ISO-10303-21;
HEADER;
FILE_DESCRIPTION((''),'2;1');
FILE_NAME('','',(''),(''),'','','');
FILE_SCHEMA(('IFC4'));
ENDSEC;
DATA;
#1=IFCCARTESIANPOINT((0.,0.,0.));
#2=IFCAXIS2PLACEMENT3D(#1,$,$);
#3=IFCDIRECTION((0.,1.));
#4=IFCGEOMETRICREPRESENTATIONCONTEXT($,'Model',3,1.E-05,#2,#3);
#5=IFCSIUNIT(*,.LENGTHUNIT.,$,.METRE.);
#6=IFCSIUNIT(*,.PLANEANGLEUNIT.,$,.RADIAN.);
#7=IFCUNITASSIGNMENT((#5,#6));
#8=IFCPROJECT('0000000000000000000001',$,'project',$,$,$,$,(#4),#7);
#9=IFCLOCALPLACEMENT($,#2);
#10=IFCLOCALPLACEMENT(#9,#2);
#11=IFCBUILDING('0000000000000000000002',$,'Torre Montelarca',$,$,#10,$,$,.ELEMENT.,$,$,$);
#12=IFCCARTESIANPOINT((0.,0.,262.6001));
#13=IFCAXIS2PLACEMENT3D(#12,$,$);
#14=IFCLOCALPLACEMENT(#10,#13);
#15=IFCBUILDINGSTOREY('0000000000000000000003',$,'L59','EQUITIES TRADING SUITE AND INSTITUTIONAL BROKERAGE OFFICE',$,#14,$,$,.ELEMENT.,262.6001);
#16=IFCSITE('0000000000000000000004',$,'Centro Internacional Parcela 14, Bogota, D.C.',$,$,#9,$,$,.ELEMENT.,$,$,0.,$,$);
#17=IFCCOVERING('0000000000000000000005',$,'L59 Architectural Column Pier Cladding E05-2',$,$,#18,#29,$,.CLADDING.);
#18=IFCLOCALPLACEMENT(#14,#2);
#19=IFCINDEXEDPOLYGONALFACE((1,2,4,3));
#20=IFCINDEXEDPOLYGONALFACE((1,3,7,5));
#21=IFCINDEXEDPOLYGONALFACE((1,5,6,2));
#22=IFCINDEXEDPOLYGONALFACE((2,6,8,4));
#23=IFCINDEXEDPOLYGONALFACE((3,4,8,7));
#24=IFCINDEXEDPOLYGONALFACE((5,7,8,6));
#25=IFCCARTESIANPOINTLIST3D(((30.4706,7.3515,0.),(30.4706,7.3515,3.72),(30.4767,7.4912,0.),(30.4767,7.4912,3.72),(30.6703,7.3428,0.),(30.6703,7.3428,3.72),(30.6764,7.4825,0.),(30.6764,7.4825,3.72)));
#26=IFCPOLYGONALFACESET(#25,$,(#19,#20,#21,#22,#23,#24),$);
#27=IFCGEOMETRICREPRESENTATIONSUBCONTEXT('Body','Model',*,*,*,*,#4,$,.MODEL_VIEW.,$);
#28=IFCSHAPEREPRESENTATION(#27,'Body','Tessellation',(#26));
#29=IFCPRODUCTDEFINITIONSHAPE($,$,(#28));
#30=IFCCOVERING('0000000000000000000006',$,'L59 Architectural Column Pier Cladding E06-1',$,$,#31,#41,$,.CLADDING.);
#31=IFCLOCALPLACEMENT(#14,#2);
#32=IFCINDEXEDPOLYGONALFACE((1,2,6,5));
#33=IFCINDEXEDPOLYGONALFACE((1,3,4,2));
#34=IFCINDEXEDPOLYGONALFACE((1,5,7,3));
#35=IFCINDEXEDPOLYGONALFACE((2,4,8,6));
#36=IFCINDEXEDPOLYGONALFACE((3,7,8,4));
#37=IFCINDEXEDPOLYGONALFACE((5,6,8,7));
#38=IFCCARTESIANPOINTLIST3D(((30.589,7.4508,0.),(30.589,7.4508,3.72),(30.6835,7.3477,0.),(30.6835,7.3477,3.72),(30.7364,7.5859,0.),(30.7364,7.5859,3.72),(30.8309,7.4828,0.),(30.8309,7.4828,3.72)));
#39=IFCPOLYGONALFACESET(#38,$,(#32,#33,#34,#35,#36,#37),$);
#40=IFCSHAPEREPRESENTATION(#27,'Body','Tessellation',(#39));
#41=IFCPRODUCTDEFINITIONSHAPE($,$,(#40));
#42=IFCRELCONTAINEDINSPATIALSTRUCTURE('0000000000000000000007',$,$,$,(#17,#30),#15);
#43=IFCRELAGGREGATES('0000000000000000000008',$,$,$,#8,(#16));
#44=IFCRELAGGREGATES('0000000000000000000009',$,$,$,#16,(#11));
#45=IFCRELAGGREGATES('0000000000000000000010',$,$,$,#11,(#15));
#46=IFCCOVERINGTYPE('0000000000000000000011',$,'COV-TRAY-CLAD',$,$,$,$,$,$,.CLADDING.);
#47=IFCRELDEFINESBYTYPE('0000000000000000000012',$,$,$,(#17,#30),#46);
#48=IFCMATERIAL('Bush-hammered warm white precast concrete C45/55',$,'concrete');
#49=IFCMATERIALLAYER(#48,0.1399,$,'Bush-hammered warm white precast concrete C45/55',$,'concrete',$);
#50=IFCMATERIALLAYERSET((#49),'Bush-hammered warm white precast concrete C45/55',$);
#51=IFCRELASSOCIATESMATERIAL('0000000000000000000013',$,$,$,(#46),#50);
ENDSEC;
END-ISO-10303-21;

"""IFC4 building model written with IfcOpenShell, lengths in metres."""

from ifc_helpers import new_model, si_unit, direction, frame, origin, origin_2d, place, context, subcontext, project, spatial, rectangle, extrude, source, transform, mapped, material, layer, layer_set, type_object, element, save


model = new_model("IFC4")

# Units and contexts
model_context = context("Model", 3, precision=1e-05, world=origin(), true_north=direction((0.0, 1.0)))
body_context = subcontext(model_context, "Body", "Model", "MODEL_VIEW")
ifc_project = project(units=[si_unit("LENGTHUNIT", "METRE"), si_unit("PLANEANGLEUNIT", "RADIAN")], contexts=[model_context])

# Site, building, storey
site_placement = place(None, origin())
site = spatial("IfcSite", under=ifc_project, at=site_placement, Name="Centro Internacional Parcela 14, Bogota, D.C.", CompositionType="ELEMENT", RefElevation=0.0)
building_placement = place(site_placement, origin())
building = spatial("IfcBuilding", under=site, at=building_placement, Name="Torre Montelarca", CompositionType="ELEMENT")
storey_placement = place(building_placement, frame((0.0, 0.0, 262.6001)))
storey = spatial("IfcBuildingStorey", under=building, at=storey_placement, Name="L59", Description="EQUITIES TRADING SUITE AND INSTITUTIONAL BROKERAGE OFFICE", CompositionType="ELEMENT", Elevation=262.6001)

# Coverings
ifc_material_1 = material(Name="Bush-hammered warm white precast concrete C45/55", Category="concrete")
ifc_layer_1 = layer(ifc_material_1, 0.1399, Name="Bush-hammered warm white precast concrete C45/55", Category="concrete")
ifc_layer_set_1 = layer_set([ifc_layer_1], Name="Bush-hammered warm white precast concrete C45/55")
covering_type = type_object("IfcCoveringType", Name="COV-TRAY-CLAD", PredefinedType="CLADDING", material=ifc_layer_set_1)
shared_shape_1 = source(origin(), body_context, "Body", "SweptSolid", [
    extrude(rectangle(XDim=0.2, YDim=0.1399, at=origin_2d()), origin(), (0.0, 0.0, 1.0), 3.72),
])
for number, where, z_axis, x_axis, name in (
    (1, (30.5735, 7.417, 0.0), (0.0, 0.0, 1.0), (0.999048, -0.043628, 0.0), "L59 Architectural Column Pier Cladding E05-2"),
    (2, (30.71, 7.4668, 0.0), (0.0, 0.0, 1.0), (0.737277, 0.67559, 0.0), "L59 Architectural Column Pier Cladding E06-1"),
):
    element("IfcCovering", number, at=place(storey_placement, frame(where, z_axis=z_axis, x_axis=x_axis)), inside=storey, type_object=covering_type, Name=name, PredefinedType="CLADDING", context=body_context, shape_type="MappedRepresentation", body=[
        mapped(shared_shape_1, transform((0.0, 0.0, 0.0), scale=1.0)),
    ])

save(model, "model.ifc")
